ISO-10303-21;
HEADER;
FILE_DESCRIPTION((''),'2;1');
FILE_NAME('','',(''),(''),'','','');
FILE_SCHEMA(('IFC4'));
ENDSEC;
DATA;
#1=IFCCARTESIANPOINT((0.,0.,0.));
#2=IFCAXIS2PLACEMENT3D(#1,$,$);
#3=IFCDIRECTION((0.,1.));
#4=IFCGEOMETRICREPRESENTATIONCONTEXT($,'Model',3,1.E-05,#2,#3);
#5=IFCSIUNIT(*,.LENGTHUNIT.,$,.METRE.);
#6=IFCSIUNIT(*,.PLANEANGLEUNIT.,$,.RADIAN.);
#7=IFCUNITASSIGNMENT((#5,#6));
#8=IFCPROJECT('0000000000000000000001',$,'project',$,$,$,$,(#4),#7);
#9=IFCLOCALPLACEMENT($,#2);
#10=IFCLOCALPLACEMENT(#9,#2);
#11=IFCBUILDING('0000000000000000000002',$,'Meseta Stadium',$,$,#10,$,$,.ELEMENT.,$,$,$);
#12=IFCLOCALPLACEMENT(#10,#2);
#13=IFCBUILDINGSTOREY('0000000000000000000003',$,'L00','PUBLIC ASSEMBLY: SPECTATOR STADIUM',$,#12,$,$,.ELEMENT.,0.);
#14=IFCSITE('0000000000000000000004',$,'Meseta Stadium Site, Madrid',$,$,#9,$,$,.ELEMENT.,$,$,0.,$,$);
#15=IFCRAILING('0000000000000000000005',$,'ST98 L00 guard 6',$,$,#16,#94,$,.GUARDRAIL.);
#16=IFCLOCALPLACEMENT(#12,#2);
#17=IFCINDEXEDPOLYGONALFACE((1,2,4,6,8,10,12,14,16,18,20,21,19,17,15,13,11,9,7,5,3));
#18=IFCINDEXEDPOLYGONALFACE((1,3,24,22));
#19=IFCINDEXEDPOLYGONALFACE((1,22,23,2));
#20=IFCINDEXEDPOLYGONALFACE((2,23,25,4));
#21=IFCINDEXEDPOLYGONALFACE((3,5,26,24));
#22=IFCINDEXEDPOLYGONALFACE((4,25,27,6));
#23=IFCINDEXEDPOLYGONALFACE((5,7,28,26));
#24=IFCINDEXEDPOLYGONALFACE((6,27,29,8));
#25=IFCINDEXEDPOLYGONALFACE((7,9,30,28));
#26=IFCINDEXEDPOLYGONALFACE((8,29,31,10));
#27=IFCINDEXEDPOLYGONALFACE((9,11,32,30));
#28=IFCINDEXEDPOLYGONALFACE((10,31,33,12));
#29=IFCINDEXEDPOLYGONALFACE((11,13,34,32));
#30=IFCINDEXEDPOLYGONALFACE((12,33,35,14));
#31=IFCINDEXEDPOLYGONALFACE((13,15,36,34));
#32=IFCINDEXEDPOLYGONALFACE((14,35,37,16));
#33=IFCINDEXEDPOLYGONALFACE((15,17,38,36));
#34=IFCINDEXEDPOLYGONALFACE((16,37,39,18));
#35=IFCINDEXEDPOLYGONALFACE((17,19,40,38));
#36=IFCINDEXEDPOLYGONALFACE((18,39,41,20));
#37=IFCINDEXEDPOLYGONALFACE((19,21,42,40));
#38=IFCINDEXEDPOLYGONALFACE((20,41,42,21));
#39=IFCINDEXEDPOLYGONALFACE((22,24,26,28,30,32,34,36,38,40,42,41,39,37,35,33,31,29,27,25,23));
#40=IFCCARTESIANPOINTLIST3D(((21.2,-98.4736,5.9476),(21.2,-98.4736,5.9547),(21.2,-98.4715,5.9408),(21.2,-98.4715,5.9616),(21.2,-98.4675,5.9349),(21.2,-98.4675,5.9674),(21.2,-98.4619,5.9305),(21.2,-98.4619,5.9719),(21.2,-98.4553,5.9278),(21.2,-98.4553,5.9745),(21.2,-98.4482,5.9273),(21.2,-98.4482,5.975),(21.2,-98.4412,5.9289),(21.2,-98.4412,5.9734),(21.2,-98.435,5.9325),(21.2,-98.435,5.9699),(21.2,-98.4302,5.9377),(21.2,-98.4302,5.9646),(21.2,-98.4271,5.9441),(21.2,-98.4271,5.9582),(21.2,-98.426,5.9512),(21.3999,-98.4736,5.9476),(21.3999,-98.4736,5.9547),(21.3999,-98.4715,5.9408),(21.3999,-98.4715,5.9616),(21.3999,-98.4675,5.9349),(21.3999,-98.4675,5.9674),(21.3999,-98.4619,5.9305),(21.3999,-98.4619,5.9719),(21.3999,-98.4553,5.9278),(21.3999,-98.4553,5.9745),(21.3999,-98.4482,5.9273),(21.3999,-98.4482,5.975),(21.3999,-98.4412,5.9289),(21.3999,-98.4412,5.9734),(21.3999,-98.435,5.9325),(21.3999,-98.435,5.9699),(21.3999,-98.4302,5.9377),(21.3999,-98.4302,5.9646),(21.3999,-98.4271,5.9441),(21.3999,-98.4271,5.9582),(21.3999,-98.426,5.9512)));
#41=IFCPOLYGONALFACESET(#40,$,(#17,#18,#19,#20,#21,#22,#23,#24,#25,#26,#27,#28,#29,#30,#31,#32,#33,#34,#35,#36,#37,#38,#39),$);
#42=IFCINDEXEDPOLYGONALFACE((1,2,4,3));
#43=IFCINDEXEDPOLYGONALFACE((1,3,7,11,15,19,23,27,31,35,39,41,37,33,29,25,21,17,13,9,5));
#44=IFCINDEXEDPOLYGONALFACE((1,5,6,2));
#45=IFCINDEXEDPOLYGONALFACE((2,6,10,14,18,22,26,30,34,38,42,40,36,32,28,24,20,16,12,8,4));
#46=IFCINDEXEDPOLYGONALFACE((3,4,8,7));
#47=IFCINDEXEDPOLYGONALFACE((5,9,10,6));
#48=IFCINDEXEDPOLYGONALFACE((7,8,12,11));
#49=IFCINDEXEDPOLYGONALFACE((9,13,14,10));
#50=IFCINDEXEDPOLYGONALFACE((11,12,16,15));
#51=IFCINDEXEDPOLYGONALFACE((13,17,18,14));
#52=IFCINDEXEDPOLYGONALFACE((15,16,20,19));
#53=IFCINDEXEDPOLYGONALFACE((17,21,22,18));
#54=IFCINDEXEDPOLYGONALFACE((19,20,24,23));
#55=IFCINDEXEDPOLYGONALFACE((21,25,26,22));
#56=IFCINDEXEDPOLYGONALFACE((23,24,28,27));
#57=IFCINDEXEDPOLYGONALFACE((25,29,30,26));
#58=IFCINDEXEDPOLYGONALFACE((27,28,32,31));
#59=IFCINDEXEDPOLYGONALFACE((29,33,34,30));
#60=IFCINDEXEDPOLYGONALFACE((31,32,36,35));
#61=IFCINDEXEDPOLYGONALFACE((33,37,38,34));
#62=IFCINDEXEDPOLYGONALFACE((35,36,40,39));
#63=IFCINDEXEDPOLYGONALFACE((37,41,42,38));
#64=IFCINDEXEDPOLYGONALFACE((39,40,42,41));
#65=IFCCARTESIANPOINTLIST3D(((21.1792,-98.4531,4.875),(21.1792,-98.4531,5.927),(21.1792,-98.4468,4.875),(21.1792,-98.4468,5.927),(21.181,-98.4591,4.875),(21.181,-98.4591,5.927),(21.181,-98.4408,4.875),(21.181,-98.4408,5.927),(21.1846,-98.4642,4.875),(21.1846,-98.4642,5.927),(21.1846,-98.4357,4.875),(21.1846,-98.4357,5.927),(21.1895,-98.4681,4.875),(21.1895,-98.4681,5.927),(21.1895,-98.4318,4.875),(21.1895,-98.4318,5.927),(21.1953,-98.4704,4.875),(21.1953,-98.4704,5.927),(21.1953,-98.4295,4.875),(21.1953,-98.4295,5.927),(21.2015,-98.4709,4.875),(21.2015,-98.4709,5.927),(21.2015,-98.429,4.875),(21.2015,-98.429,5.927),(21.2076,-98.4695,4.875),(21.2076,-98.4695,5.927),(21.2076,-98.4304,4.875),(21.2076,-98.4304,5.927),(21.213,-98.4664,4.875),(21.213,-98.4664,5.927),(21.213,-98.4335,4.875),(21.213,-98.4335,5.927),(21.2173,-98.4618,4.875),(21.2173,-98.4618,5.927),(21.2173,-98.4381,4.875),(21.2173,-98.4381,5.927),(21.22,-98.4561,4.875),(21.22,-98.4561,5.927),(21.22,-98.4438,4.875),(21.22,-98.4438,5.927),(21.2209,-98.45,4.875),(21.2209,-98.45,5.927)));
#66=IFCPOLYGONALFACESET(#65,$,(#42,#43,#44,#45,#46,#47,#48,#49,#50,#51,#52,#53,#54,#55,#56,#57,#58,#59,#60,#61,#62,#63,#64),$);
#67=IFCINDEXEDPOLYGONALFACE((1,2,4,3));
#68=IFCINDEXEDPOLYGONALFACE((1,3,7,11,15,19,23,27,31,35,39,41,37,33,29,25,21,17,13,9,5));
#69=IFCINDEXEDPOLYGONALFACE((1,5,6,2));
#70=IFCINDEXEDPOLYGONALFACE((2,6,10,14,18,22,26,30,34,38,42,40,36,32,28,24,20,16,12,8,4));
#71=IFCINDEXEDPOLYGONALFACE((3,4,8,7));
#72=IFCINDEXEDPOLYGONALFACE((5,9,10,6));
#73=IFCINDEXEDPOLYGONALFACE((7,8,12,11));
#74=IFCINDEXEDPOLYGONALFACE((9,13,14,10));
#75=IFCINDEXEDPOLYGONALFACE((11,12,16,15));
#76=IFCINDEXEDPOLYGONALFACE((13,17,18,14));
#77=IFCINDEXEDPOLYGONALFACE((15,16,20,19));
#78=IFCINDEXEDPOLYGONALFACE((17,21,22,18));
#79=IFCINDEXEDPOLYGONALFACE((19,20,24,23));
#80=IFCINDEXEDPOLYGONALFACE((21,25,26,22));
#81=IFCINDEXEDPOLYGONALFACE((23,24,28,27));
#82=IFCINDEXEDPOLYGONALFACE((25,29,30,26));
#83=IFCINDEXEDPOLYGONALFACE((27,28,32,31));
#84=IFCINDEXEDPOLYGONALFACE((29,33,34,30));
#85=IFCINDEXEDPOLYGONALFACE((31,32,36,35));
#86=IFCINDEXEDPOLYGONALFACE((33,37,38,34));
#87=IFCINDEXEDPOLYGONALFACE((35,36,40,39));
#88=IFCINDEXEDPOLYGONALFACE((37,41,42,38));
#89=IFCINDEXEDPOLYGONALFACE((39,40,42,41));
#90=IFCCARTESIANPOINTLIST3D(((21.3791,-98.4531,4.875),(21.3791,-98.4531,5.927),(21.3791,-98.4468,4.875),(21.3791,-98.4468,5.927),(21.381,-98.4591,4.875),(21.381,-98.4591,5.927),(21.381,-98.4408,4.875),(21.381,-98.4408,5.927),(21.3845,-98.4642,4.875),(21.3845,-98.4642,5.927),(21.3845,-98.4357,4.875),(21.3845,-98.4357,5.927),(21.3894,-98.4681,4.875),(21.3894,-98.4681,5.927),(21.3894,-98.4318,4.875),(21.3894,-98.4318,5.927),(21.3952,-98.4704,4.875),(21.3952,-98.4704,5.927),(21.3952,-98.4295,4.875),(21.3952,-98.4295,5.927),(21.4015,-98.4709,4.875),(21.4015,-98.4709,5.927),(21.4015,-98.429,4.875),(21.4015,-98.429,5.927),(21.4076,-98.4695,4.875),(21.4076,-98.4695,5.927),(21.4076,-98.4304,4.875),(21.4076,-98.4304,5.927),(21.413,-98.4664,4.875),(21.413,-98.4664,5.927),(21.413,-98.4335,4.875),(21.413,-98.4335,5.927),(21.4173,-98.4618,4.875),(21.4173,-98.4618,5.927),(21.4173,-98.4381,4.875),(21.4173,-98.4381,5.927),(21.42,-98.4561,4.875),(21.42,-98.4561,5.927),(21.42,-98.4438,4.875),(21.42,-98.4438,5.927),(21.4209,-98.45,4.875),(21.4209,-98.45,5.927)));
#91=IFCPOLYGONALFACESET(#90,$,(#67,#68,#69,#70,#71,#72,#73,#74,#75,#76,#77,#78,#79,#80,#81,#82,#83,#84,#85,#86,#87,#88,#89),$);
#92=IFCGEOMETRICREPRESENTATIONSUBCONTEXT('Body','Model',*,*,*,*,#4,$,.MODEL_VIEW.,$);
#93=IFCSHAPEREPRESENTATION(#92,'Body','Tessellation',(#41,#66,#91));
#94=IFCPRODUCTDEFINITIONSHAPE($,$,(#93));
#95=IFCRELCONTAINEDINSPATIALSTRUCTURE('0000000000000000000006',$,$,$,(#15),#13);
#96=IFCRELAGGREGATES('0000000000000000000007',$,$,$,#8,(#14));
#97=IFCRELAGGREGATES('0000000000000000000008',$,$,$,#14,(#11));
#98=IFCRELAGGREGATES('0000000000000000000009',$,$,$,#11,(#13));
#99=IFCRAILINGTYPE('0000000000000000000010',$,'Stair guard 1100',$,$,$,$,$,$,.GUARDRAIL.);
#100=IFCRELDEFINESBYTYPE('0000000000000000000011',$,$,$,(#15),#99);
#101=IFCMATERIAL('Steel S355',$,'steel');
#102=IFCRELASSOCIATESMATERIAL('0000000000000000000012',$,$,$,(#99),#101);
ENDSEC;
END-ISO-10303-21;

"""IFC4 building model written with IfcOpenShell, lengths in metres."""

from ifc_helpers import new_model, si_unit, direction, frame, origin, origin_2d, place, context, subcontext, project, spatial, circle, extrude, material, type_object, element, save


model = new_model("IFC4")

# Units and contexts
model_context = context("Model", 3, precision=1e-05, world=origin(), true_north=direction((0.0, 1.0)))
body_context = subcontext(model_context, "Body", "Model", "MODEL_VIEW")
ifc_project = project(units=[si_unit("LENGTHUNIT", "METRE"), si_unit("PLANEANGLEUNIT", "RADIAN")], contexts=[model_context])

# Site, building, storey
site_placement = place(None, origin())
site = spatial("IfcSite", under=ifc_project, at=site_placement, Name="Meseta Stadium Site, Madrid", CompositionType="ELEMENT", RefElevation=0.0)
building_placement = place(site_placement, origin())
building = spatial("IfcBuilding", under=site, at=building_placement, Name="Meseta Stadium", CompositionType="ELEMENT")
storey_placement = place(building_placement, origin())
storey = spatial("IfcBuildingStorey", under=building, at=storey_placement, Name="L00", Description="PUBLIC ASSEMBLY: SPECTATOR STADIUM", CompositionType="ELEMENT", Elevation=0.0)

# Railing
ifc_material_1 = material(Name="Steel S355", Category="steel")
railing_type = type_object("IfcRailingType", Name="Stair guard 1100", PredefinedType="GUARDRAIL", material=ifc_material_1)
railing_1_placement = place(storey_placement, frame((21.2, -98.45, 4.875)))
element("IfcRailing", 1, at=railing_1_placement, inside=storey, type_object=railing_type, Name="ST98 L00 guard 6", PredefinedType="GUARDRAIL", context=body_context, shape_type="SweptSolid", body=[
    extrude(circle(Radius=0.0239, at=origin_2d()), frame((0.0, 0.0, 1.0762), z_axis=(1.0, 0.0, 0.0), x_axis=(0.0, 1.0, 0.0)), (0.0, 0.0, 1.0), 0.2),
    extrude(circle(Radius=0.021, at=origin_2d()), origin(), (0.0, 0.0, 1.0), 1.052),
    extrude(circle(Radius=0.021, at=origin_2d()), frame((0.2, 0.0, 0.0)), (0.0, 0.0, 1.0), 1.052),
])

save(model, "model.ifc")
